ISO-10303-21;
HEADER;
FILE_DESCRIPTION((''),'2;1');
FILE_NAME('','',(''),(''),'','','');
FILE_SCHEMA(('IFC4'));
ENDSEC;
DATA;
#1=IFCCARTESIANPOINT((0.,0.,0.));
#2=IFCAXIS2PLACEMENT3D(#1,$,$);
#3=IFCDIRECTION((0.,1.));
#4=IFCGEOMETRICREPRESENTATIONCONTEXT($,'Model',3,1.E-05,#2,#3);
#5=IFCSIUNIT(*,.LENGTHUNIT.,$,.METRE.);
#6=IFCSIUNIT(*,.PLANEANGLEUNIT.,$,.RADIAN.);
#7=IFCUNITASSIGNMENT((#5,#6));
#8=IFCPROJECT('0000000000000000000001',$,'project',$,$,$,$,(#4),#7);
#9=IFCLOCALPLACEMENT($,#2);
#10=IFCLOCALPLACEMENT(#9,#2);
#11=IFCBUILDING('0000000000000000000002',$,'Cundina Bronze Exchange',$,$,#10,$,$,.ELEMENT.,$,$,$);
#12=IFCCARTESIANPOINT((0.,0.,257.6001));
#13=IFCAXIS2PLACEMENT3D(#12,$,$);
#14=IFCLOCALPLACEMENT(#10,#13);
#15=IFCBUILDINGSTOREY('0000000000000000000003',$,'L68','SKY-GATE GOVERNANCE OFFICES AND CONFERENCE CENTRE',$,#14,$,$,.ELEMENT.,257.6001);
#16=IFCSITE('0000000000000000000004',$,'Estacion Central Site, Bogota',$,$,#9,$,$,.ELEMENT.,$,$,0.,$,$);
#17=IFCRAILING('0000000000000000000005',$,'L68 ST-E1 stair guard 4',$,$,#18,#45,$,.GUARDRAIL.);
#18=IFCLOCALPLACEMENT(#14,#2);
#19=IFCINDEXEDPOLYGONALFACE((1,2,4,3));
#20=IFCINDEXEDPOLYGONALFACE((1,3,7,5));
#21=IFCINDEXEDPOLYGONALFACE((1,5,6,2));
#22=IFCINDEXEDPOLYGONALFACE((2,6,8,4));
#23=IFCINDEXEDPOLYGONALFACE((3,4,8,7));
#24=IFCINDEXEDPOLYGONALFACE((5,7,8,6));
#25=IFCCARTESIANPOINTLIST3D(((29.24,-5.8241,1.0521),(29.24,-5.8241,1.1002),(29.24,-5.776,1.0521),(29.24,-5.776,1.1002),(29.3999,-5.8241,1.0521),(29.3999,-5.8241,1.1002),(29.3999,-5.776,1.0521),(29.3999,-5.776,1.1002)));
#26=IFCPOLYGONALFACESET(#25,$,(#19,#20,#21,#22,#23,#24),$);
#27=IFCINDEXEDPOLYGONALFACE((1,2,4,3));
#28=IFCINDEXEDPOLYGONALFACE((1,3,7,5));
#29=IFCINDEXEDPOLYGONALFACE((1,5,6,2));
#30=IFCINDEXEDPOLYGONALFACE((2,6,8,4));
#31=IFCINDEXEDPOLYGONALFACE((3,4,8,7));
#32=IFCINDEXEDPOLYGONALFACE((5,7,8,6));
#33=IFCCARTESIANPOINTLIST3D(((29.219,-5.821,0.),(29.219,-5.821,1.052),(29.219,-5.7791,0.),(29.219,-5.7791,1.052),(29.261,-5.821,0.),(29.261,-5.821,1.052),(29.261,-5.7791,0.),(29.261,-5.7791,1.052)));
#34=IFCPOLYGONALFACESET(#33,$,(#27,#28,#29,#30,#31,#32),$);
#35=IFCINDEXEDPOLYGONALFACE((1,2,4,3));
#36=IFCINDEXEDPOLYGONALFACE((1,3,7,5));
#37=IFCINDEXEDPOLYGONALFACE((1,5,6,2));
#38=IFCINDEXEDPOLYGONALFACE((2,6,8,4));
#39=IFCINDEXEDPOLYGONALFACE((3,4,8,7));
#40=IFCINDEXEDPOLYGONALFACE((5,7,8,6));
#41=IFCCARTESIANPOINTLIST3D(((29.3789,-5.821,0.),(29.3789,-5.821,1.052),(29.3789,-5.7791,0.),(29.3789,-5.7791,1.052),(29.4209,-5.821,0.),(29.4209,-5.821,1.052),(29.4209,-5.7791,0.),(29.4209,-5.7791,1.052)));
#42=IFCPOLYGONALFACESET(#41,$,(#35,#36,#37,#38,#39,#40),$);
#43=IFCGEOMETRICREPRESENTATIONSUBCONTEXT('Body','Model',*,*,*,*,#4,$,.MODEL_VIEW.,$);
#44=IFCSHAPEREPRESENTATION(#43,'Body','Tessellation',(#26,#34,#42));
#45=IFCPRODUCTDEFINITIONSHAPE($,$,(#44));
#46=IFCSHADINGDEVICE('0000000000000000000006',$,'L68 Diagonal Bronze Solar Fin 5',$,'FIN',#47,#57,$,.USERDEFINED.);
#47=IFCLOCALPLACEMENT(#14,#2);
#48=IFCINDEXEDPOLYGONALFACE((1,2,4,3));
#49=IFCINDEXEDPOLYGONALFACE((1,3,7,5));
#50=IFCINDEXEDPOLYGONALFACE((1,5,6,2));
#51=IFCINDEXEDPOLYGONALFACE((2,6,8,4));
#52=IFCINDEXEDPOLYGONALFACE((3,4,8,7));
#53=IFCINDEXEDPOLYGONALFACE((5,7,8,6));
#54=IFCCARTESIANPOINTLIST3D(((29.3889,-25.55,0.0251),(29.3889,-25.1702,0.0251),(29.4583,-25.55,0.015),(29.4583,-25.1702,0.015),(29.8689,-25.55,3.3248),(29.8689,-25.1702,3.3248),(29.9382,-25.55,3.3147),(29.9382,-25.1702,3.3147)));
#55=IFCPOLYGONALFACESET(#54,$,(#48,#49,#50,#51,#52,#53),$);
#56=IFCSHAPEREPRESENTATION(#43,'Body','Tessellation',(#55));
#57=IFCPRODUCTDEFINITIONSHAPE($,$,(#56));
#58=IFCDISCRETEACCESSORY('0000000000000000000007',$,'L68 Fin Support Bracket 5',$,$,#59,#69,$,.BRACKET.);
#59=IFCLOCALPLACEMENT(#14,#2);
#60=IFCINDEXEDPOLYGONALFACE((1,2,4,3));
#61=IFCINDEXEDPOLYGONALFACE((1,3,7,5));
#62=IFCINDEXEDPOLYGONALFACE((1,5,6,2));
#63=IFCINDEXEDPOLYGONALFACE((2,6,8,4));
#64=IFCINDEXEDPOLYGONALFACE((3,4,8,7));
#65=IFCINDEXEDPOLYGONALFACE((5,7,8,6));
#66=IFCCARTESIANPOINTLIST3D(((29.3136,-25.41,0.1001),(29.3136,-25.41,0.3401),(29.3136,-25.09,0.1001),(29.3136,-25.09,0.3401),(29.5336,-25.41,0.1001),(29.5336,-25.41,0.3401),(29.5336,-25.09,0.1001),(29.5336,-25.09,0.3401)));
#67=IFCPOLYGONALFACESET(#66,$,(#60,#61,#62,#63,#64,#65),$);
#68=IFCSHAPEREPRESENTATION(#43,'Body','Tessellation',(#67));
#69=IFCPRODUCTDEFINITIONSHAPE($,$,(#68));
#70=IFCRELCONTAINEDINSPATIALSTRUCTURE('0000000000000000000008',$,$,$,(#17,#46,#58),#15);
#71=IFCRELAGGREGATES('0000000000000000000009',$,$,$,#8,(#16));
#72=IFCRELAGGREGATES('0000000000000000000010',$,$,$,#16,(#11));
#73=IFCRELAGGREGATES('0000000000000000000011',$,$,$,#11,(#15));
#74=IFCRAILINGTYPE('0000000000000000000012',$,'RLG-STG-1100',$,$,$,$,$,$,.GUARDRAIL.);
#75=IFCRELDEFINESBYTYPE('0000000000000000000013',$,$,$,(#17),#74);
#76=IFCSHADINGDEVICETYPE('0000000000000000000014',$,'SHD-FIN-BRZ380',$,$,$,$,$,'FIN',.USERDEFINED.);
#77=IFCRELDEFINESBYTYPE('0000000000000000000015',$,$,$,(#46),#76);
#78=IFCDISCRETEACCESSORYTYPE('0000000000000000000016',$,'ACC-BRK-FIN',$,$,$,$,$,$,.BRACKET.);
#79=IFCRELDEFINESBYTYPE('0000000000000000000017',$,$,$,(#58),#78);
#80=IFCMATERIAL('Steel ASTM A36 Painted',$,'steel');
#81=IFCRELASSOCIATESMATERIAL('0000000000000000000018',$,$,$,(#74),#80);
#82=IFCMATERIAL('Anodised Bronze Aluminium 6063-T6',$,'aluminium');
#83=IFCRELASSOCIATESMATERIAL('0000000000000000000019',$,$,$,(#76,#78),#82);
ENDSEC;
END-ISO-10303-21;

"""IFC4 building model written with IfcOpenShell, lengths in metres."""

from ifc_helpers import new_model, si_unit, direction, frame, origin, origin_2d, place, context, subcontext, project, spatial, rectangle, extrude, material, material_profile, profile_set, type_object, element, save


model = new_model("IFC4")

# Units and contexts
model_context = context("Model", 3, precision=1e-05, world=origin(), true_north=direction((0.0, 1.0)))
body_context = subcontext(model_context, "Body", "Model", "MODEL_VIEW")
ifc_project = project(units=[si_unit("LENGTHUNIT", "METRE"), si_unit("PLANEANGLEUNIT", "RADIAN")], contexts=[model_context])

# Site, building, storey
site_placement = place(None, origin())
site = spatial("IfcSite", under=ifc_project, at=site_placement, Name="Estacion Central Site, Bogota", CompositionType="ELEMENT", RefElevation=0.0)
building_placement = place(site_placement, origin())
building = spatial("IfcBuilding", under=site, at=building_placement, Name="Cundina Bronze Exchange", CompositionType="ELEMENT")
storey_placement = place(building_placement, frame((0.0, 0.0, 257.6001)))
storey = spatial("IfcBuildingStorey", under=building, at=storey_placement, Name="L68", Description="SKY-GATE GOVERNANCE OFFICES AND CONFERENCE CENTRE", CompositionType="ELEMENT", Elevation=257.6001)

# Shared definitions
ifc_material_1 = material(Name="Anodised Bronze Aluminium 6063-T6", Category="aluminium")

# Shared definitions
ifc_material_2 = material(Name="Steel ASTM A36 Painted", Category="steel")

# Railing
railing_type_1 = type_object("IfcRailingType", Name="RLG-STG-1100", PredefinedType="GUARDRAIL", material=ifc_material_2)
railing_1_placement = place(storey_placement, frame((29.24, -5.8, 0.0)))
element("IfcRailing", 1, at=railing_1_placement, inside=storey, type_object=railing_type_1, Name="L68 ST-E1 stair guard 4", PredefinedType="GUARDRAIL", context=body_context, shape_type="SweptSolid", body=[
    extrude(rectangle(XDim=0.0481, YDim=0.0481, at=origin_2d()), frame((0.0, 0.0, 1.0762), z_axis=(1.0, 0.0, 0.0), x_axis=(0.0, 1.0, 0.0)), (0.0, 0.0, 1.0), 0.1599),
    extrude(rectangle(XDim=0.042, YDim=0.042, at=origin_2d()), origin(), (0.0, 0.0, 1.0), 1.052),
    extrude(rectangle(XDim=0.042, YDim=0.042, at=origin_2d()), frame((0.1599, 0.0, 0.0)), (0.0, 0.0, 1.0), 1.052),
])

# Shading device
ifc_material_profile_1 = material_profile(ifc_material_1, rectangle(XDim=0.0701, YDim=0.3799, at=origin_2d()), Name="FIN70X380", Category="aluminium")
ifc_profile_set_1 = profile_set([ifc_material_profile_1], Name="Anodised Bronze Aluminium 6063-T6")
shading_device_type = type_object("IfcShadingDeviceType", Name="SHD-FIN-BRZ380", ElementType="FIN", PredefinedType="USERDEFINED", material=ifc_profile_set_1)
shading_device_placement = place(storey_placement, frame((29.4236, -25.3601, 0.02), z_axis=(0.143942, 0.0, 0.989586), x_axis=(-0.989586, 0.0, 0.143942)))
element("IfcShadingDevice", 2, at=shading_device_placement, inside=storey, type_object=shading_device_type, Name="L68 Diagonal Bronze Solar Fin 5", ObjectType="FIN", PredefinedType="USERDEFINED", context=body_context, shape_type="SweptSolid", body=[
    extrude(rectangle(XDim=0.0701, YDim=0.3799, at=origin_2d()), origin(), (0.0, 0.0, 1.0), 3.3345),
])

# Discrete accessory
discrete_accessory_type = type_object("IfcDiscreteAccessoryType", Name="ACC-BRK-FIN", PredefinedType="BRACKET", material=ifc_material_1)
discrete_accessory_placement = place(storey_placement, frame((29.4236, -25.25, 0.1001), z_axis=(0.0, 0.0, 1.0), x_axis=(1.0, 0.0, 0.0)))
element("IfcDiscreteAccessory", 3, at=discrete_accessory_placement, inside=storey, type_object=discrete_accessory_type, Name="L68 Fin Support Bracket 5", PredefinedType="BRACKET", context=body_context, shape_type="SweptSolid", body=[
    extrude(rectangle(XDim=0.22, YDim=0.3201, at=origin_2d()), origin(), (0.0, 0.0, 1.0), 0.24),
])

save(model, "model.ifc")
